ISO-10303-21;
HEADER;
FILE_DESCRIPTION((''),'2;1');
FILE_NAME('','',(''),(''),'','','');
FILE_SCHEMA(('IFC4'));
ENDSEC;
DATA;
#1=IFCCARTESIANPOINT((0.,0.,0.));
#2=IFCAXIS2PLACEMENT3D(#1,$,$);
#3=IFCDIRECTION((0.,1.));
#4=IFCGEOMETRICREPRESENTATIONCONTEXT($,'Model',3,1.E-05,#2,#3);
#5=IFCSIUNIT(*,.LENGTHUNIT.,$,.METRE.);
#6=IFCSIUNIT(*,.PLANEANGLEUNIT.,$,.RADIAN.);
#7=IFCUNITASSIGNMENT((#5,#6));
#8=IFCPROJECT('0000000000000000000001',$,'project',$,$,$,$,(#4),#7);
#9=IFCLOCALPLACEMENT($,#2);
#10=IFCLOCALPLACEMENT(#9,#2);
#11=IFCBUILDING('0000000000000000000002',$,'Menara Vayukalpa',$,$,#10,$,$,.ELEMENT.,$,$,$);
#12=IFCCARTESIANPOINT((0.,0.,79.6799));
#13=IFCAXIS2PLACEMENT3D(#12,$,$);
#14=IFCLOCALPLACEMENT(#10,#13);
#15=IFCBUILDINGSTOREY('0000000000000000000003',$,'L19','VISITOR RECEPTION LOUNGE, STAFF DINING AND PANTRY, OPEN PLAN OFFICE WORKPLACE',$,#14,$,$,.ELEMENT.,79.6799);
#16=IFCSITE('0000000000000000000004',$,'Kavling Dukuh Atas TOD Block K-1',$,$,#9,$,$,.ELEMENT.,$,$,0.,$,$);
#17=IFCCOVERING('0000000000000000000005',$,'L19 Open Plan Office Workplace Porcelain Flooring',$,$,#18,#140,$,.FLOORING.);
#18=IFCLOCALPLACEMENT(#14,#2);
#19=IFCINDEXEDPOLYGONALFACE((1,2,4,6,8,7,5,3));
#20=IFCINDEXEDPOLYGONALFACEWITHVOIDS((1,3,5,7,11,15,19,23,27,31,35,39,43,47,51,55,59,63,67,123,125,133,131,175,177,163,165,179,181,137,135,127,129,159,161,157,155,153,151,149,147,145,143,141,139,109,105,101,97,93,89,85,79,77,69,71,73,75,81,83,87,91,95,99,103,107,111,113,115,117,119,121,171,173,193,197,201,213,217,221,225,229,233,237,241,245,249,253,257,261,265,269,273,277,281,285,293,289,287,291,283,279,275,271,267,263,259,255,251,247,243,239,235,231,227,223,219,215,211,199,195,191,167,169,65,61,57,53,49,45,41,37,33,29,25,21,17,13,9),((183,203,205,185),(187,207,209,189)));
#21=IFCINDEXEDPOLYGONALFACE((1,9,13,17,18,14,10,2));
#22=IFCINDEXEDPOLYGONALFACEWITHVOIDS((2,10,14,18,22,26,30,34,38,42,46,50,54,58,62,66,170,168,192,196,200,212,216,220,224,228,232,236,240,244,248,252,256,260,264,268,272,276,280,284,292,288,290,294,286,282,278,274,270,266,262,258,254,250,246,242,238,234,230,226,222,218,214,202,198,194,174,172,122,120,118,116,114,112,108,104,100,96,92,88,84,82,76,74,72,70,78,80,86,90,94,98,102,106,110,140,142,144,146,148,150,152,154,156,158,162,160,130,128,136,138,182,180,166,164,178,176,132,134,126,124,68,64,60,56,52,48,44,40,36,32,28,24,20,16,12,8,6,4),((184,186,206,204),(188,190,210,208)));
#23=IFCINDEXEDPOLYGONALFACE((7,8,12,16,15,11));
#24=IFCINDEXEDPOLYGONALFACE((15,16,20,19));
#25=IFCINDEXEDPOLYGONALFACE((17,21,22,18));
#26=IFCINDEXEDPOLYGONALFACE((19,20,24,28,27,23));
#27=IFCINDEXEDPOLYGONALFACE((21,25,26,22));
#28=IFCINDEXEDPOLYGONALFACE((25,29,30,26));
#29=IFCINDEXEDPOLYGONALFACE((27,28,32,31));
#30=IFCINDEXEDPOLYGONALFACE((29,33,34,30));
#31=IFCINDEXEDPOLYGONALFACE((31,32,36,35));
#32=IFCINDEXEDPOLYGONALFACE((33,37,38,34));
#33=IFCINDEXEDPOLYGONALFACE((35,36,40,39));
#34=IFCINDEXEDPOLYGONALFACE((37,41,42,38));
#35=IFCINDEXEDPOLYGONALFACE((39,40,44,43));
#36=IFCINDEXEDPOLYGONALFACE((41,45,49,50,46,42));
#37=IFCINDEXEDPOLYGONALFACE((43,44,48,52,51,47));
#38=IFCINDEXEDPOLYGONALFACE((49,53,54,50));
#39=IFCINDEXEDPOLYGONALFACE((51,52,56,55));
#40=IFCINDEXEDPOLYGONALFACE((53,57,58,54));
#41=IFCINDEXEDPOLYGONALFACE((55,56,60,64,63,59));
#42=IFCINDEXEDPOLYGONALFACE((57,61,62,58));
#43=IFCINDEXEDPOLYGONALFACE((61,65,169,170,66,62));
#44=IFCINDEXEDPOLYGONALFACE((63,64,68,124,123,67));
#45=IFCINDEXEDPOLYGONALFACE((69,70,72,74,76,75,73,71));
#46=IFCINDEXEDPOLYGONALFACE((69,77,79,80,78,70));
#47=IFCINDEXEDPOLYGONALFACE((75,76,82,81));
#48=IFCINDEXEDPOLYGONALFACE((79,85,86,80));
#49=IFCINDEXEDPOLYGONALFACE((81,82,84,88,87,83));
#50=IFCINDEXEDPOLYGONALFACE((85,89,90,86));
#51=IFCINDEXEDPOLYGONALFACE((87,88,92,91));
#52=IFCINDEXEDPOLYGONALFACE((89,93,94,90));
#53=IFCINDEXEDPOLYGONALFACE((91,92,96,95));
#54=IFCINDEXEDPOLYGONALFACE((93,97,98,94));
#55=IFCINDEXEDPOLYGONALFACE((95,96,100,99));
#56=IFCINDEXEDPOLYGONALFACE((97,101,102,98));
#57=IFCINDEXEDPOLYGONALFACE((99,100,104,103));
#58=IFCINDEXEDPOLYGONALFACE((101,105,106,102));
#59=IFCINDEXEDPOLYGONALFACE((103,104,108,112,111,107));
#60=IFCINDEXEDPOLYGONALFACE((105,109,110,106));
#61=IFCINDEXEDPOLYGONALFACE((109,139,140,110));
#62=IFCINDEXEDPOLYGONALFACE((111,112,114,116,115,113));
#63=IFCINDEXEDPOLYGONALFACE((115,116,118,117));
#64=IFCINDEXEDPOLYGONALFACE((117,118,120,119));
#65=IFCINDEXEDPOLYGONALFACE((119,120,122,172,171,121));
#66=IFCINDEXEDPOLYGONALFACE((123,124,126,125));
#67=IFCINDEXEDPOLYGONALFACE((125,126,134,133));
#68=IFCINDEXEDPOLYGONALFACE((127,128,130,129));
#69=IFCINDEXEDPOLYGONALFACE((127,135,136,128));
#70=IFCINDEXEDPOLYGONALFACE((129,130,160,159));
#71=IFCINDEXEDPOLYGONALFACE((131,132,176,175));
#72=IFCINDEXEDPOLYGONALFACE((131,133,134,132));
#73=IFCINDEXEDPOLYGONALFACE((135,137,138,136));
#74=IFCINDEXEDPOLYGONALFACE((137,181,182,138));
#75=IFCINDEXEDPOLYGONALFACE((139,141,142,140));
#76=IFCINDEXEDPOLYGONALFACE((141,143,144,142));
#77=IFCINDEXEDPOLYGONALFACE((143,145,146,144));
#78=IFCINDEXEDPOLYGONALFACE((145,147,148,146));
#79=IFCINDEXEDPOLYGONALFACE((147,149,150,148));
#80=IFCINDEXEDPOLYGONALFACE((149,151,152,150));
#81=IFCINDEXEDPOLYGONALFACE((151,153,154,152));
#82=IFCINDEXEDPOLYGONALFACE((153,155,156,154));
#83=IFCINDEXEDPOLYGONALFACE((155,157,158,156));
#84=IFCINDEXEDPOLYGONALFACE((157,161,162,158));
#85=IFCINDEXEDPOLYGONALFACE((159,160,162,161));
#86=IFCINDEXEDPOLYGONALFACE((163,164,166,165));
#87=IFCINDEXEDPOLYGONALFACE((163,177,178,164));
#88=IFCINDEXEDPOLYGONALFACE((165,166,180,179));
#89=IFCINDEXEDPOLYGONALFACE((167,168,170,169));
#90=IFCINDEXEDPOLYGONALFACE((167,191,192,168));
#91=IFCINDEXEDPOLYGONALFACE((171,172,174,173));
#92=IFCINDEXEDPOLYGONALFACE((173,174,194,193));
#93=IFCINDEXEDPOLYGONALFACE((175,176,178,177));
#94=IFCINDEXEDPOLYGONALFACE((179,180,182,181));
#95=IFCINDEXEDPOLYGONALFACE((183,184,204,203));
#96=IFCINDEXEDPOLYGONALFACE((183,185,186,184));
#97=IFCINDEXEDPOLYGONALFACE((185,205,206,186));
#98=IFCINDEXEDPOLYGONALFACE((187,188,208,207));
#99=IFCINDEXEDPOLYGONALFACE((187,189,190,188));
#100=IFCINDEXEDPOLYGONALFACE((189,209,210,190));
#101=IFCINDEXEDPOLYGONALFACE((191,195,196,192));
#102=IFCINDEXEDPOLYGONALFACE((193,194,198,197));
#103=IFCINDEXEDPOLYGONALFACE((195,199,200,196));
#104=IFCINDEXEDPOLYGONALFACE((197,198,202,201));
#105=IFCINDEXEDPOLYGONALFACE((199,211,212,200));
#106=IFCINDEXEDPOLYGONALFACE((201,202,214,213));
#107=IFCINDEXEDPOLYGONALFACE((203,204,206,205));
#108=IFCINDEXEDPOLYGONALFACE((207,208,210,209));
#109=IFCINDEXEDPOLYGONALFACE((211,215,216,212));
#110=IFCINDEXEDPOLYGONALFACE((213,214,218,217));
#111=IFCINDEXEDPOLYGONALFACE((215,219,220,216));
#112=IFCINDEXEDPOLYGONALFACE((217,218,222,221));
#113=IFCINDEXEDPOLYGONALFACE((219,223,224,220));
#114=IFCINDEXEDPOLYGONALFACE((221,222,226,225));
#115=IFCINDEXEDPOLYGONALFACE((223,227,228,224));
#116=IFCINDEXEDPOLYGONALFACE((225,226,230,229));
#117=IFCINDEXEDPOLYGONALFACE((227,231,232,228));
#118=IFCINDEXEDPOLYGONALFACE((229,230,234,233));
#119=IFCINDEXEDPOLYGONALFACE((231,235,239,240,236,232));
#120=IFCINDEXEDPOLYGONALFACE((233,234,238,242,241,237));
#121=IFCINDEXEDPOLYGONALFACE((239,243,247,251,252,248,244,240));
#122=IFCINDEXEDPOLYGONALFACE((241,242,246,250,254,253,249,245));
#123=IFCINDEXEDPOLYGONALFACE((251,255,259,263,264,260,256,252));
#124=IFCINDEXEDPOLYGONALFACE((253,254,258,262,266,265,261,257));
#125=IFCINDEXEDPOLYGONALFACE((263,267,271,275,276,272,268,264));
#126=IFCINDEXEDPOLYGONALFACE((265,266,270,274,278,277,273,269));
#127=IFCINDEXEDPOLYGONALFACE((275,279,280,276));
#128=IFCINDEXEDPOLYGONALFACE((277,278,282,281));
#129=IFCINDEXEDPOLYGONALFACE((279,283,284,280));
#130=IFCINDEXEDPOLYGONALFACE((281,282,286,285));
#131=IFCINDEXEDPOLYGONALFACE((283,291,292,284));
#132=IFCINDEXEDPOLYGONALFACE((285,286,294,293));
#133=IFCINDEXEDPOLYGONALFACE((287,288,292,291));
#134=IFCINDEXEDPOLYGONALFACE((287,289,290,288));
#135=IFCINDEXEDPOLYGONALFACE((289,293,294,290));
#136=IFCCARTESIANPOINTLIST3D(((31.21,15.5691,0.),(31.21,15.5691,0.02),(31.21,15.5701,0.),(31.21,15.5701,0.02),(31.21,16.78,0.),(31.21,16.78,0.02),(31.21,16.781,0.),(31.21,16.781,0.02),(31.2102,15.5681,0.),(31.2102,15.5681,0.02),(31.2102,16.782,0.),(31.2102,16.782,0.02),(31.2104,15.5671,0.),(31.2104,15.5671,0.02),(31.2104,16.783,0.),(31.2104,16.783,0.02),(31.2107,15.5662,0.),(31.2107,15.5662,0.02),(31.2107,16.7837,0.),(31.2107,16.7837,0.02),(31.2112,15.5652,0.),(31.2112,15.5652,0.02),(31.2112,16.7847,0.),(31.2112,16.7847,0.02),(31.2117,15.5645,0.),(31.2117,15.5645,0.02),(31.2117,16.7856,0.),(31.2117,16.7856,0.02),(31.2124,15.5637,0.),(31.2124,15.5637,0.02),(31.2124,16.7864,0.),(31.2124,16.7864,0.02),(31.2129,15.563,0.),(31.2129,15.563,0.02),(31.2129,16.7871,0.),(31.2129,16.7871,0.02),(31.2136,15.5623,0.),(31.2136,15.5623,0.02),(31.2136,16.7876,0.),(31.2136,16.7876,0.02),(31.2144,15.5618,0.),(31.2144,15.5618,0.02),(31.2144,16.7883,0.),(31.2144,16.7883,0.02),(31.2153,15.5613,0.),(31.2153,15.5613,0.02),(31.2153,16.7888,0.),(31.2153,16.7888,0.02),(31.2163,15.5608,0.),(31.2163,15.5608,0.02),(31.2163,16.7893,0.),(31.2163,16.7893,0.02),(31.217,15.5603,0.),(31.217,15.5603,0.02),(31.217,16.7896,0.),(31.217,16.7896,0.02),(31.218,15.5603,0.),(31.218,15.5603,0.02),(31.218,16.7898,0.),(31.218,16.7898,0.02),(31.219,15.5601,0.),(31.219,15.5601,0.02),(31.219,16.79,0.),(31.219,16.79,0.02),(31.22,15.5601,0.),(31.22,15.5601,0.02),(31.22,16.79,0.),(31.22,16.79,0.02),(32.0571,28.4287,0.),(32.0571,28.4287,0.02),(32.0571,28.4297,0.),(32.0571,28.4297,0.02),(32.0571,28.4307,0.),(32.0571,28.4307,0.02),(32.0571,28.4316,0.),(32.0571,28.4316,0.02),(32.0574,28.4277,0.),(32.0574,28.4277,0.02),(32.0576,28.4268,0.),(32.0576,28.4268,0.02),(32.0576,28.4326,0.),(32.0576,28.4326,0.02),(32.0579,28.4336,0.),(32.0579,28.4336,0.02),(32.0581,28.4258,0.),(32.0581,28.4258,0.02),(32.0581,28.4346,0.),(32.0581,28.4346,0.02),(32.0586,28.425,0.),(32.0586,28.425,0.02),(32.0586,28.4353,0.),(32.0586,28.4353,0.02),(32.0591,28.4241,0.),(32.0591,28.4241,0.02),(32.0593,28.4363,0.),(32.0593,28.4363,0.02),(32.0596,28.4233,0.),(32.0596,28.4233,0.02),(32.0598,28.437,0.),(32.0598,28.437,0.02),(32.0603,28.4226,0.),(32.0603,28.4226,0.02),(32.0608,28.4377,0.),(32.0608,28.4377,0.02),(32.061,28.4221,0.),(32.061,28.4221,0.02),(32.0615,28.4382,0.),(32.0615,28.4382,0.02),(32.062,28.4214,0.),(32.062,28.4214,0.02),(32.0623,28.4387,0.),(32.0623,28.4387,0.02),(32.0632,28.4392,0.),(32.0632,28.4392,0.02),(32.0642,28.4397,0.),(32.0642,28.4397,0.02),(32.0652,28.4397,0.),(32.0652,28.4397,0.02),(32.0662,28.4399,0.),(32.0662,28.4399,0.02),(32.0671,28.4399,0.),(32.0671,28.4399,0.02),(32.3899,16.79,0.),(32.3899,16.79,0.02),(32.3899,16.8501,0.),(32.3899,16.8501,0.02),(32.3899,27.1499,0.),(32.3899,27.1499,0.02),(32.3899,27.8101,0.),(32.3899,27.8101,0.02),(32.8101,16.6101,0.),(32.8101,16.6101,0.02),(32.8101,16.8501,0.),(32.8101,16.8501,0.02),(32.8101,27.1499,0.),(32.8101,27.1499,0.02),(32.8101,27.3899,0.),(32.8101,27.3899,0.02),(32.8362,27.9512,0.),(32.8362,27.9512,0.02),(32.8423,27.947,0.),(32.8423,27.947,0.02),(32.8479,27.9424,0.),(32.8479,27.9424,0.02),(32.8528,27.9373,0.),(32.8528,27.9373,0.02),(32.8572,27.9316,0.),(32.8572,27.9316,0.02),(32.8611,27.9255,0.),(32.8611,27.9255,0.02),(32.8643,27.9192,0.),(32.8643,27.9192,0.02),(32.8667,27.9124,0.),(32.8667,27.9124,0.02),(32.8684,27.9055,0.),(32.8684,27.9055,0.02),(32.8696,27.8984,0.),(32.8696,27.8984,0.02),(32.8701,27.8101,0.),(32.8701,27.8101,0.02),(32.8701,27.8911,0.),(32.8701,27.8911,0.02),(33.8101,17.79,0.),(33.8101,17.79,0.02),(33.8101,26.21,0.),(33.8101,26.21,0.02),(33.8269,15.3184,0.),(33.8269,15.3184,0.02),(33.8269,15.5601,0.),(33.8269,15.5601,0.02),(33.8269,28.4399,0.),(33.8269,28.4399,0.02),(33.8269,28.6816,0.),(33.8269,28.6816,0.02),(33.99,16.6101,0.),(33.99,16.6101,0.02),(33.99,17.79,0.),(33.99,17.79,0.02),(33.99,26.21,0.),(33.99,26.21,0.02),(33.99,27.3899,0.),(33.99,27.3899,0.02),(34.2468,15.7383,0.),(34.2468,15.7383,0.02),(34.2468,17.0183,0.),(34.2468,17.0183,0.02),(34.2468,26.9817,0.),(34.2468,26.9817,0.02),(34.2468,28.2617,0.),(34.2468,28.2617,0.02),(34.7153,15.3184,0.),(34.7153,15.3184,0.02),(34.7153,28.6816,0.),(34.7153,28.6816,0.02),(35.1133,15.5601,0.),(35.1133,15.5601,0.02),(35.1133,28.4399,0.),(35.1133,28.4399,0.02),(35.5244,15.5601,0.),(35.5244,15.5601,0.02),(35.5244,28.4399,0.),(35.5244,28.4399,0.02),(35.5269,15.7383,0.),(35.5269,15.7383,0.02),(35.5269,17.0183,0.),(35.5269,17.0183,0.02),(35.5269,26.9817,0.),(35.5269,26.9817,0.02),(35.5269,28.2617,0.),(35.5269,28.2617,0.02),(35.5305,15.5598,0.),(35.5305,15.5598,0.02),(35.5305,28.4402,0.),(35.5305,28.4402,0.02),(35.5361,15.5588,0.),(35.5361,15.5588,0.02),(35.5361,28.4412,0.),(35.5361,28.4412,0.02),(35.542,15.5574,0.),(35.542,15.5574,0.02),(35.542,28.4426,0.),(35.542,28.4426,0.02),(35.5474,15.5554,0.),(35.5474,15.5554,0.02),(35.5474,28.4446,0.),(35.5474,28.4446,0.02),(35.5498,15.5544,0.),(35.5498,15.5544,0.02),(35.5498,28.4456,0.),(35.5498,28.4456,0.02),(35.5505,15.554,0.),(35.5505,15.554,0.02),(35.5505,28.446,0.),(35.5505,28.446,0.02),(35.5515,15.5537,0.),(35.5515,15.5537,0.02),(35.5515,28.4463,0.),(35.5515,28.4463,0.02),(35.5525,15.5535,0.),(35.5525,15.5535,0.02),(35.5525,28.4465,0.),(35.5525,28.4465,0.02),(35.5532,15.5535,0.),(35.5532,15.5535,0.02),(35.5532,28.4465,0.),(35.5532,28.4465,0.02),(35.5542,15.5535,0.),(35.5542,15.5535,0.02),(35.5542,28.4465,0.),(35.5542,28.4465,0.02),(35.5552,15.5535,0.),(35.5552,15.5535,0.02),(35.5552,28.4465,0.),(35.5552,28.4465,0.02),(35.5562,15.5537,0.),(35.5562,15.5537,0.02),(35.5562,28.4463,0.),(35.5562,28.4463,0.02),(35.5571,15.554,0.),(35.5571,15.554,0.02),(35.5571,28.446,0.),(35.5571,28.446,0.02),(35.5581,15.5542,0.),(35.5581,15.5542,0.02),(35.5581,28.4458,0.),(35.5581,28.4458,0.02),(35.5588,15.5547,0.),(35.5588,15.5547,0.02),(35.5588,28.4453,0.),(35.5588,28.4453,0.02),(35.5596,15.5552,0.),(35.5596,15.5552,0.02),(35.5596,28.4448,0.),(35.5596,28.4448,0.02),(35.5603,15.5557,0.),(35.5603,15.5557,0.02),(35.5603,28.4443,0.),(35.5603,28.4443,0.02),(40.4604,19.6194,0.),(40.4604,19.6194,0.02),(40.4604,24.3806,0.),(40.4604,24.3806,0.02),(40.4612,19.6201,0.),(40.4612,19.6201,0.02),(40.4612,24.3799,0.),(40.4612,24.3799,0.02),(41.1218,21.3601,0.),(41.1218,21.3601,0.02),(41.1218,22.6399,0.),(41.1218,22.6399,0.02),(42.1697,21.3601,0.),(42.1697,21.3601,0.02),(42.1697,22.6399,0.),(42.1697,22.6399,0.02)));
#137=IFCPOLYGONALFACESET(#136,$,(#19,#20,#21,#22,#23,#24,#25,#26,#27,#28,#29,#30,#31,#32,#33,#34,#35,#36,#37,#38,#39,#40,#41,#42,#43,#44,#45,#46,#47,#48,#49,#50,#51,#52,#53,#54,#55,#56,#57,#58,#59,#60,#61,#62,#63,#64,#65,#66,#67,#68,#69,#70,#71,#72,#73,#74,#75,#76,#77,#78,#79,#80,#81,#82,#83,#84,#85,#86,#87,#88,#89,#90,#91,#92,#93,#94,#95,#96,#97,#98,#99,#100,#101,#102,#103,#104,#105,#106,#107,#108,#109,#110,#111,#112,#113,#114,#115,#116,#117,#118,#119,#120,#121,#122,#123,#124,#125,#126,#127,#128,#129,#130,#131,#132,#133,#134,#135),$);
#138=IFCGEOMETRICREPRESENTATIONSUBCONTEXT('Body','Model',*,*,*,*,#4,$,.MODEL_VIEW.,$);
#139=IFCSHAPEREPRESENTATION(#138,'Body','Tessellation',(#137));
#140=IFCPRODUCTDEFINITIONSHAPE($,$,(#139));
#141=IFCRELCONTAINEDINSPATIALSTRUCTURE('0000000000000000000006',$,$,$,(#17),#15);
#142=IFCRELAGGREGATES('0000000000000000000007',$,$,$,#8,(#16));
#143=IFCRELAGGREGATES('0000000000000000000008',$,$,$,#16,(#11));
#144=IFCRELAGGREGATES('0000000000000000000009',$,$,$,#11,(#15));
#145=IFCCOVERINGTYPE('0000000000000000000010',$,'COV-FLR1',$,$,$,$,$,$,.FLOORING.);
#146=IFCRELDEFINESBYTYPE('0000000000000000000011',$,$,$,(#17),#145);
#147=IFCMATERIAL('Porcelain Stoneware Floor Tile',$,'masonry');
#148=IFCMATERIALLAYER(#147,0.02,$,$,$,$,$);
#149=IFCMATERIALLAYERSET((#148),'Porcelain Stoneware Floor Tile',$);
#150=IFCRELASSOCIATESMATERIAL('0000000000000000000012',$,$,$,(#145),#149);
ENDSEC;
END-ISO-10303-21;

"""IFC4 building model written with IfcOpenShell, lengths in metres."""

from ifc_helpers import new_model, si_unit, direction, frame, origin, place, context, subcontext, project, spatial, polyline, outline, extrude, material, layer, layer_set, type_object, element, save


model = new_model("IFC4")

# Units and contexts
model_context = context("Model", 3, precision=1e-05, world=origin(), true_north=direction((0.0, 1.0)))
body_context = subcontext(model_context, "Body", "Model", "MODEL_VIEW")
ifc_project = project(units=[si_unit("LENGTHUNIT", "METRE"), si_unit("PLANEANGLEUNIT", "RADIAN")], contexts=[model_context])

# Site, building, storey
site_placement = place(None, origin())
site = spatial("IfcSite", under=ifc_project, at=site_placement, Name="Kavling Dukuh Atas TOD Block K-1", CompositionType="ELEMENT", RefElevation=0.0)
building_placement = place(site_placement, origin())
building = spatial("IfcBuilding", under=site, at=building_placement, Name="Menara Vayukalpa", CompositionType="ELEMENT")
storey_placement = place(building_placement, frame((0.0, 0.0, 79.6799)))
storey = spatial("IfcBuildingStorey", under=building, at=storey_placement, Name="L19", Description="VISITOR RECEPTION LOUNGE, STAFF DINING AND PANTRY, OPEN PLAN OFFICE WORKPLACE", CompositionType="ELEMENT", Elevation=79.6799)

# Covering
ifc_material_1 = material(Name="Porcelain Stoneware Floor Tile", Category="masonry")
ifc_layer_1 = layer(ifc_material_1, 0.02)
ifc_layer_set_1 = layer_set([ifc_layer_1], Name="Porcelain Stoneware Floor Tile")
covering_type_1 = type_object("IfcCoveringType", Name="COV-FLR1", PredefinedType="FLOORING", material=ifc_layer_set_1)
covering_1_placement = place(storey_placement, origin())
element("IfcCovering", 1, at=covering_1_placement, inside=storey, type_object=covering_type_1, Name="L19 Open Plan Office Workplace Porcelain Flooring", PredefinedType="FLOORING", context=body_context, shape_type="SweptSolid", body=[
    extrude(outline(polyline([(31.219, 15.5601), (31.218, 15.5603), (31.217, 15.5603), (31.2163, 15.5608), (31.2153, 15.5613), (31.2144, 15.5618), (31.2136, 15.5623), (31.2129, 15.563), (31.2124, 15.5637), (31.2117, 15.5645), (31.2112, 15.5652), (31.2107, 15.5662), (31.2104, 15.5671), (31.2102, 15.5681), (31.21, 15.5691), (31.21, 15.5701), (31.21, 16.78), (31.21, 16.781), (31.2102, 16.782), (31.2104, 16.783), (31.2107, 16.7837), (31.2112, 16.7847), (31.2117, 16.7856), (31.2124, 16.7864), (31.2129, 16.7871), (31.2136, 16.7876), (31.2144, 16.7883), (31.2153, 16.7888), (31.2163, 16.7893), (31.217, 16.7896), (31.218, 16.7898), (31.219, 16.79), (31.22, 16.79), (32.3899, 16.79), (32.3899, 16.8501), (32.8101, 16.8501), (32.8101, 16.6101), (33.99, 16.6101), (33.99, 17.79), (33.8101, 17.79), (33.8101, 26.21), (33.99, 26.21), (33.99, 27.3899), (32.8101, 27.3899), (32.8101, 27.1499), (32.3899, 27.1499), (32.3899, 27.8101), (32.8701, 27.8101), (32.8701, 27.8911), (32.8696, 27.8984), (32.8684, 27.9055), (32.8667, 27.9124), (32.8643, 27.9192), (32.8611, 27.9255), (32.8572, 27.9316), (32.8528, 27.9373), (32.8479, 27.9424), (32.8423, 27.947), (32.8362, 27.9512), (32.062, 28.4214), (32.061, 28.4221), (32.0603, 28.4226), (32.0596, 28.4233), (32.0591, 28.4241), (32.0586, 28.425), (32.0581, 28.4258), (32.0576, 28.4268), (32.0574, 28.4277), (32.0571, 28.4287), (32.0571, 28.4297), (32.0571, 28.4307), (32.0571, 28.4316), (32.0576, 28.4326), (32.0579, 28.4336), (32.0581, 28.4346), (32.0586, 28.4353), (32.0593, 28.4363), (32.0598, 28.437), (32.0608, 28.4377), (32.0615, 28.4382), (32.0623, 28.4387), (32.0632, 28.4392), (32.0642, 28.4397), (32.0652, 28.4397), (32.0662, 28.4399), (32.0671, 28.4399), (33.8269, 28.4399), (33.8269, 28.6816), (34.7153, 28.6816), (35.1133, 28.4399), (35.5244, 28.4399), (35.5305, 28.4402), (35.5361, 28.4412), (35.542, 28.4426), (35.5474, 28.4446), (35.5498, 28.4456), (35.5505, 28.446), (35.5515, 28.4463), (35.5525, 28.4465), (35.5532, 28.4465), (35.5542, 28.4465), (35.5552, 28.4465), (35.5562, 28.4463), (35.5571, 28.446), (35.5581, 28.4458), (35.5588, 28.4453), (35.5596, 28.4448), (35.5603, 28.4443), (40.4604, 24.3806), (40.4612, 24.3799), (42.1697, 22.6399), (41.1218, 22.6399), (41.1218, 21.3601), (42.1697, 21.3601), (40.4612, 19.6201), (40.4604, 19.6194), (35.5603, 15.5557), (35.5596, 15.5552), (35.5588, 15.5547), (35.5581, 15.5542), (35.5571, 15.554), (35.5562, 15.5537), (35.5552, 15.5535), (35.5542, 15.5535), (35.5532, 15.5535), (35.5525, 15.5535), (35.5515, 15.5537), (35.5505, 15.554), (35.5498, 15.5544), (35.5474, 15.5554), (35.542, 15.5574), (35.5361, 15.5588), (35.5305, 15.5598), (35.5244, 15.5601), (35.1133, 15.5601), (34.7153, 15.3184), (33.8269, 15.3184), (33.8269, 15.5601), (31.22, 15.5601), (31.219, 15.5601)]), holes=[polyline([(35.5269, 17.0183), (34.2468, 17.0183), (34.2468, 15.7383), (35.5269, 15.7383), (35.5269, 17.0183)]), polyline([(35.5269, 26.9817), (35.5269, 28.2617), (34.2468, 28.2617), (34.2468, 26.9817), (35.5269, 26.9817)])]), origin(), (0.0, 0.0, 1.0), 0.02),
])

save(model, "model.ifc")
